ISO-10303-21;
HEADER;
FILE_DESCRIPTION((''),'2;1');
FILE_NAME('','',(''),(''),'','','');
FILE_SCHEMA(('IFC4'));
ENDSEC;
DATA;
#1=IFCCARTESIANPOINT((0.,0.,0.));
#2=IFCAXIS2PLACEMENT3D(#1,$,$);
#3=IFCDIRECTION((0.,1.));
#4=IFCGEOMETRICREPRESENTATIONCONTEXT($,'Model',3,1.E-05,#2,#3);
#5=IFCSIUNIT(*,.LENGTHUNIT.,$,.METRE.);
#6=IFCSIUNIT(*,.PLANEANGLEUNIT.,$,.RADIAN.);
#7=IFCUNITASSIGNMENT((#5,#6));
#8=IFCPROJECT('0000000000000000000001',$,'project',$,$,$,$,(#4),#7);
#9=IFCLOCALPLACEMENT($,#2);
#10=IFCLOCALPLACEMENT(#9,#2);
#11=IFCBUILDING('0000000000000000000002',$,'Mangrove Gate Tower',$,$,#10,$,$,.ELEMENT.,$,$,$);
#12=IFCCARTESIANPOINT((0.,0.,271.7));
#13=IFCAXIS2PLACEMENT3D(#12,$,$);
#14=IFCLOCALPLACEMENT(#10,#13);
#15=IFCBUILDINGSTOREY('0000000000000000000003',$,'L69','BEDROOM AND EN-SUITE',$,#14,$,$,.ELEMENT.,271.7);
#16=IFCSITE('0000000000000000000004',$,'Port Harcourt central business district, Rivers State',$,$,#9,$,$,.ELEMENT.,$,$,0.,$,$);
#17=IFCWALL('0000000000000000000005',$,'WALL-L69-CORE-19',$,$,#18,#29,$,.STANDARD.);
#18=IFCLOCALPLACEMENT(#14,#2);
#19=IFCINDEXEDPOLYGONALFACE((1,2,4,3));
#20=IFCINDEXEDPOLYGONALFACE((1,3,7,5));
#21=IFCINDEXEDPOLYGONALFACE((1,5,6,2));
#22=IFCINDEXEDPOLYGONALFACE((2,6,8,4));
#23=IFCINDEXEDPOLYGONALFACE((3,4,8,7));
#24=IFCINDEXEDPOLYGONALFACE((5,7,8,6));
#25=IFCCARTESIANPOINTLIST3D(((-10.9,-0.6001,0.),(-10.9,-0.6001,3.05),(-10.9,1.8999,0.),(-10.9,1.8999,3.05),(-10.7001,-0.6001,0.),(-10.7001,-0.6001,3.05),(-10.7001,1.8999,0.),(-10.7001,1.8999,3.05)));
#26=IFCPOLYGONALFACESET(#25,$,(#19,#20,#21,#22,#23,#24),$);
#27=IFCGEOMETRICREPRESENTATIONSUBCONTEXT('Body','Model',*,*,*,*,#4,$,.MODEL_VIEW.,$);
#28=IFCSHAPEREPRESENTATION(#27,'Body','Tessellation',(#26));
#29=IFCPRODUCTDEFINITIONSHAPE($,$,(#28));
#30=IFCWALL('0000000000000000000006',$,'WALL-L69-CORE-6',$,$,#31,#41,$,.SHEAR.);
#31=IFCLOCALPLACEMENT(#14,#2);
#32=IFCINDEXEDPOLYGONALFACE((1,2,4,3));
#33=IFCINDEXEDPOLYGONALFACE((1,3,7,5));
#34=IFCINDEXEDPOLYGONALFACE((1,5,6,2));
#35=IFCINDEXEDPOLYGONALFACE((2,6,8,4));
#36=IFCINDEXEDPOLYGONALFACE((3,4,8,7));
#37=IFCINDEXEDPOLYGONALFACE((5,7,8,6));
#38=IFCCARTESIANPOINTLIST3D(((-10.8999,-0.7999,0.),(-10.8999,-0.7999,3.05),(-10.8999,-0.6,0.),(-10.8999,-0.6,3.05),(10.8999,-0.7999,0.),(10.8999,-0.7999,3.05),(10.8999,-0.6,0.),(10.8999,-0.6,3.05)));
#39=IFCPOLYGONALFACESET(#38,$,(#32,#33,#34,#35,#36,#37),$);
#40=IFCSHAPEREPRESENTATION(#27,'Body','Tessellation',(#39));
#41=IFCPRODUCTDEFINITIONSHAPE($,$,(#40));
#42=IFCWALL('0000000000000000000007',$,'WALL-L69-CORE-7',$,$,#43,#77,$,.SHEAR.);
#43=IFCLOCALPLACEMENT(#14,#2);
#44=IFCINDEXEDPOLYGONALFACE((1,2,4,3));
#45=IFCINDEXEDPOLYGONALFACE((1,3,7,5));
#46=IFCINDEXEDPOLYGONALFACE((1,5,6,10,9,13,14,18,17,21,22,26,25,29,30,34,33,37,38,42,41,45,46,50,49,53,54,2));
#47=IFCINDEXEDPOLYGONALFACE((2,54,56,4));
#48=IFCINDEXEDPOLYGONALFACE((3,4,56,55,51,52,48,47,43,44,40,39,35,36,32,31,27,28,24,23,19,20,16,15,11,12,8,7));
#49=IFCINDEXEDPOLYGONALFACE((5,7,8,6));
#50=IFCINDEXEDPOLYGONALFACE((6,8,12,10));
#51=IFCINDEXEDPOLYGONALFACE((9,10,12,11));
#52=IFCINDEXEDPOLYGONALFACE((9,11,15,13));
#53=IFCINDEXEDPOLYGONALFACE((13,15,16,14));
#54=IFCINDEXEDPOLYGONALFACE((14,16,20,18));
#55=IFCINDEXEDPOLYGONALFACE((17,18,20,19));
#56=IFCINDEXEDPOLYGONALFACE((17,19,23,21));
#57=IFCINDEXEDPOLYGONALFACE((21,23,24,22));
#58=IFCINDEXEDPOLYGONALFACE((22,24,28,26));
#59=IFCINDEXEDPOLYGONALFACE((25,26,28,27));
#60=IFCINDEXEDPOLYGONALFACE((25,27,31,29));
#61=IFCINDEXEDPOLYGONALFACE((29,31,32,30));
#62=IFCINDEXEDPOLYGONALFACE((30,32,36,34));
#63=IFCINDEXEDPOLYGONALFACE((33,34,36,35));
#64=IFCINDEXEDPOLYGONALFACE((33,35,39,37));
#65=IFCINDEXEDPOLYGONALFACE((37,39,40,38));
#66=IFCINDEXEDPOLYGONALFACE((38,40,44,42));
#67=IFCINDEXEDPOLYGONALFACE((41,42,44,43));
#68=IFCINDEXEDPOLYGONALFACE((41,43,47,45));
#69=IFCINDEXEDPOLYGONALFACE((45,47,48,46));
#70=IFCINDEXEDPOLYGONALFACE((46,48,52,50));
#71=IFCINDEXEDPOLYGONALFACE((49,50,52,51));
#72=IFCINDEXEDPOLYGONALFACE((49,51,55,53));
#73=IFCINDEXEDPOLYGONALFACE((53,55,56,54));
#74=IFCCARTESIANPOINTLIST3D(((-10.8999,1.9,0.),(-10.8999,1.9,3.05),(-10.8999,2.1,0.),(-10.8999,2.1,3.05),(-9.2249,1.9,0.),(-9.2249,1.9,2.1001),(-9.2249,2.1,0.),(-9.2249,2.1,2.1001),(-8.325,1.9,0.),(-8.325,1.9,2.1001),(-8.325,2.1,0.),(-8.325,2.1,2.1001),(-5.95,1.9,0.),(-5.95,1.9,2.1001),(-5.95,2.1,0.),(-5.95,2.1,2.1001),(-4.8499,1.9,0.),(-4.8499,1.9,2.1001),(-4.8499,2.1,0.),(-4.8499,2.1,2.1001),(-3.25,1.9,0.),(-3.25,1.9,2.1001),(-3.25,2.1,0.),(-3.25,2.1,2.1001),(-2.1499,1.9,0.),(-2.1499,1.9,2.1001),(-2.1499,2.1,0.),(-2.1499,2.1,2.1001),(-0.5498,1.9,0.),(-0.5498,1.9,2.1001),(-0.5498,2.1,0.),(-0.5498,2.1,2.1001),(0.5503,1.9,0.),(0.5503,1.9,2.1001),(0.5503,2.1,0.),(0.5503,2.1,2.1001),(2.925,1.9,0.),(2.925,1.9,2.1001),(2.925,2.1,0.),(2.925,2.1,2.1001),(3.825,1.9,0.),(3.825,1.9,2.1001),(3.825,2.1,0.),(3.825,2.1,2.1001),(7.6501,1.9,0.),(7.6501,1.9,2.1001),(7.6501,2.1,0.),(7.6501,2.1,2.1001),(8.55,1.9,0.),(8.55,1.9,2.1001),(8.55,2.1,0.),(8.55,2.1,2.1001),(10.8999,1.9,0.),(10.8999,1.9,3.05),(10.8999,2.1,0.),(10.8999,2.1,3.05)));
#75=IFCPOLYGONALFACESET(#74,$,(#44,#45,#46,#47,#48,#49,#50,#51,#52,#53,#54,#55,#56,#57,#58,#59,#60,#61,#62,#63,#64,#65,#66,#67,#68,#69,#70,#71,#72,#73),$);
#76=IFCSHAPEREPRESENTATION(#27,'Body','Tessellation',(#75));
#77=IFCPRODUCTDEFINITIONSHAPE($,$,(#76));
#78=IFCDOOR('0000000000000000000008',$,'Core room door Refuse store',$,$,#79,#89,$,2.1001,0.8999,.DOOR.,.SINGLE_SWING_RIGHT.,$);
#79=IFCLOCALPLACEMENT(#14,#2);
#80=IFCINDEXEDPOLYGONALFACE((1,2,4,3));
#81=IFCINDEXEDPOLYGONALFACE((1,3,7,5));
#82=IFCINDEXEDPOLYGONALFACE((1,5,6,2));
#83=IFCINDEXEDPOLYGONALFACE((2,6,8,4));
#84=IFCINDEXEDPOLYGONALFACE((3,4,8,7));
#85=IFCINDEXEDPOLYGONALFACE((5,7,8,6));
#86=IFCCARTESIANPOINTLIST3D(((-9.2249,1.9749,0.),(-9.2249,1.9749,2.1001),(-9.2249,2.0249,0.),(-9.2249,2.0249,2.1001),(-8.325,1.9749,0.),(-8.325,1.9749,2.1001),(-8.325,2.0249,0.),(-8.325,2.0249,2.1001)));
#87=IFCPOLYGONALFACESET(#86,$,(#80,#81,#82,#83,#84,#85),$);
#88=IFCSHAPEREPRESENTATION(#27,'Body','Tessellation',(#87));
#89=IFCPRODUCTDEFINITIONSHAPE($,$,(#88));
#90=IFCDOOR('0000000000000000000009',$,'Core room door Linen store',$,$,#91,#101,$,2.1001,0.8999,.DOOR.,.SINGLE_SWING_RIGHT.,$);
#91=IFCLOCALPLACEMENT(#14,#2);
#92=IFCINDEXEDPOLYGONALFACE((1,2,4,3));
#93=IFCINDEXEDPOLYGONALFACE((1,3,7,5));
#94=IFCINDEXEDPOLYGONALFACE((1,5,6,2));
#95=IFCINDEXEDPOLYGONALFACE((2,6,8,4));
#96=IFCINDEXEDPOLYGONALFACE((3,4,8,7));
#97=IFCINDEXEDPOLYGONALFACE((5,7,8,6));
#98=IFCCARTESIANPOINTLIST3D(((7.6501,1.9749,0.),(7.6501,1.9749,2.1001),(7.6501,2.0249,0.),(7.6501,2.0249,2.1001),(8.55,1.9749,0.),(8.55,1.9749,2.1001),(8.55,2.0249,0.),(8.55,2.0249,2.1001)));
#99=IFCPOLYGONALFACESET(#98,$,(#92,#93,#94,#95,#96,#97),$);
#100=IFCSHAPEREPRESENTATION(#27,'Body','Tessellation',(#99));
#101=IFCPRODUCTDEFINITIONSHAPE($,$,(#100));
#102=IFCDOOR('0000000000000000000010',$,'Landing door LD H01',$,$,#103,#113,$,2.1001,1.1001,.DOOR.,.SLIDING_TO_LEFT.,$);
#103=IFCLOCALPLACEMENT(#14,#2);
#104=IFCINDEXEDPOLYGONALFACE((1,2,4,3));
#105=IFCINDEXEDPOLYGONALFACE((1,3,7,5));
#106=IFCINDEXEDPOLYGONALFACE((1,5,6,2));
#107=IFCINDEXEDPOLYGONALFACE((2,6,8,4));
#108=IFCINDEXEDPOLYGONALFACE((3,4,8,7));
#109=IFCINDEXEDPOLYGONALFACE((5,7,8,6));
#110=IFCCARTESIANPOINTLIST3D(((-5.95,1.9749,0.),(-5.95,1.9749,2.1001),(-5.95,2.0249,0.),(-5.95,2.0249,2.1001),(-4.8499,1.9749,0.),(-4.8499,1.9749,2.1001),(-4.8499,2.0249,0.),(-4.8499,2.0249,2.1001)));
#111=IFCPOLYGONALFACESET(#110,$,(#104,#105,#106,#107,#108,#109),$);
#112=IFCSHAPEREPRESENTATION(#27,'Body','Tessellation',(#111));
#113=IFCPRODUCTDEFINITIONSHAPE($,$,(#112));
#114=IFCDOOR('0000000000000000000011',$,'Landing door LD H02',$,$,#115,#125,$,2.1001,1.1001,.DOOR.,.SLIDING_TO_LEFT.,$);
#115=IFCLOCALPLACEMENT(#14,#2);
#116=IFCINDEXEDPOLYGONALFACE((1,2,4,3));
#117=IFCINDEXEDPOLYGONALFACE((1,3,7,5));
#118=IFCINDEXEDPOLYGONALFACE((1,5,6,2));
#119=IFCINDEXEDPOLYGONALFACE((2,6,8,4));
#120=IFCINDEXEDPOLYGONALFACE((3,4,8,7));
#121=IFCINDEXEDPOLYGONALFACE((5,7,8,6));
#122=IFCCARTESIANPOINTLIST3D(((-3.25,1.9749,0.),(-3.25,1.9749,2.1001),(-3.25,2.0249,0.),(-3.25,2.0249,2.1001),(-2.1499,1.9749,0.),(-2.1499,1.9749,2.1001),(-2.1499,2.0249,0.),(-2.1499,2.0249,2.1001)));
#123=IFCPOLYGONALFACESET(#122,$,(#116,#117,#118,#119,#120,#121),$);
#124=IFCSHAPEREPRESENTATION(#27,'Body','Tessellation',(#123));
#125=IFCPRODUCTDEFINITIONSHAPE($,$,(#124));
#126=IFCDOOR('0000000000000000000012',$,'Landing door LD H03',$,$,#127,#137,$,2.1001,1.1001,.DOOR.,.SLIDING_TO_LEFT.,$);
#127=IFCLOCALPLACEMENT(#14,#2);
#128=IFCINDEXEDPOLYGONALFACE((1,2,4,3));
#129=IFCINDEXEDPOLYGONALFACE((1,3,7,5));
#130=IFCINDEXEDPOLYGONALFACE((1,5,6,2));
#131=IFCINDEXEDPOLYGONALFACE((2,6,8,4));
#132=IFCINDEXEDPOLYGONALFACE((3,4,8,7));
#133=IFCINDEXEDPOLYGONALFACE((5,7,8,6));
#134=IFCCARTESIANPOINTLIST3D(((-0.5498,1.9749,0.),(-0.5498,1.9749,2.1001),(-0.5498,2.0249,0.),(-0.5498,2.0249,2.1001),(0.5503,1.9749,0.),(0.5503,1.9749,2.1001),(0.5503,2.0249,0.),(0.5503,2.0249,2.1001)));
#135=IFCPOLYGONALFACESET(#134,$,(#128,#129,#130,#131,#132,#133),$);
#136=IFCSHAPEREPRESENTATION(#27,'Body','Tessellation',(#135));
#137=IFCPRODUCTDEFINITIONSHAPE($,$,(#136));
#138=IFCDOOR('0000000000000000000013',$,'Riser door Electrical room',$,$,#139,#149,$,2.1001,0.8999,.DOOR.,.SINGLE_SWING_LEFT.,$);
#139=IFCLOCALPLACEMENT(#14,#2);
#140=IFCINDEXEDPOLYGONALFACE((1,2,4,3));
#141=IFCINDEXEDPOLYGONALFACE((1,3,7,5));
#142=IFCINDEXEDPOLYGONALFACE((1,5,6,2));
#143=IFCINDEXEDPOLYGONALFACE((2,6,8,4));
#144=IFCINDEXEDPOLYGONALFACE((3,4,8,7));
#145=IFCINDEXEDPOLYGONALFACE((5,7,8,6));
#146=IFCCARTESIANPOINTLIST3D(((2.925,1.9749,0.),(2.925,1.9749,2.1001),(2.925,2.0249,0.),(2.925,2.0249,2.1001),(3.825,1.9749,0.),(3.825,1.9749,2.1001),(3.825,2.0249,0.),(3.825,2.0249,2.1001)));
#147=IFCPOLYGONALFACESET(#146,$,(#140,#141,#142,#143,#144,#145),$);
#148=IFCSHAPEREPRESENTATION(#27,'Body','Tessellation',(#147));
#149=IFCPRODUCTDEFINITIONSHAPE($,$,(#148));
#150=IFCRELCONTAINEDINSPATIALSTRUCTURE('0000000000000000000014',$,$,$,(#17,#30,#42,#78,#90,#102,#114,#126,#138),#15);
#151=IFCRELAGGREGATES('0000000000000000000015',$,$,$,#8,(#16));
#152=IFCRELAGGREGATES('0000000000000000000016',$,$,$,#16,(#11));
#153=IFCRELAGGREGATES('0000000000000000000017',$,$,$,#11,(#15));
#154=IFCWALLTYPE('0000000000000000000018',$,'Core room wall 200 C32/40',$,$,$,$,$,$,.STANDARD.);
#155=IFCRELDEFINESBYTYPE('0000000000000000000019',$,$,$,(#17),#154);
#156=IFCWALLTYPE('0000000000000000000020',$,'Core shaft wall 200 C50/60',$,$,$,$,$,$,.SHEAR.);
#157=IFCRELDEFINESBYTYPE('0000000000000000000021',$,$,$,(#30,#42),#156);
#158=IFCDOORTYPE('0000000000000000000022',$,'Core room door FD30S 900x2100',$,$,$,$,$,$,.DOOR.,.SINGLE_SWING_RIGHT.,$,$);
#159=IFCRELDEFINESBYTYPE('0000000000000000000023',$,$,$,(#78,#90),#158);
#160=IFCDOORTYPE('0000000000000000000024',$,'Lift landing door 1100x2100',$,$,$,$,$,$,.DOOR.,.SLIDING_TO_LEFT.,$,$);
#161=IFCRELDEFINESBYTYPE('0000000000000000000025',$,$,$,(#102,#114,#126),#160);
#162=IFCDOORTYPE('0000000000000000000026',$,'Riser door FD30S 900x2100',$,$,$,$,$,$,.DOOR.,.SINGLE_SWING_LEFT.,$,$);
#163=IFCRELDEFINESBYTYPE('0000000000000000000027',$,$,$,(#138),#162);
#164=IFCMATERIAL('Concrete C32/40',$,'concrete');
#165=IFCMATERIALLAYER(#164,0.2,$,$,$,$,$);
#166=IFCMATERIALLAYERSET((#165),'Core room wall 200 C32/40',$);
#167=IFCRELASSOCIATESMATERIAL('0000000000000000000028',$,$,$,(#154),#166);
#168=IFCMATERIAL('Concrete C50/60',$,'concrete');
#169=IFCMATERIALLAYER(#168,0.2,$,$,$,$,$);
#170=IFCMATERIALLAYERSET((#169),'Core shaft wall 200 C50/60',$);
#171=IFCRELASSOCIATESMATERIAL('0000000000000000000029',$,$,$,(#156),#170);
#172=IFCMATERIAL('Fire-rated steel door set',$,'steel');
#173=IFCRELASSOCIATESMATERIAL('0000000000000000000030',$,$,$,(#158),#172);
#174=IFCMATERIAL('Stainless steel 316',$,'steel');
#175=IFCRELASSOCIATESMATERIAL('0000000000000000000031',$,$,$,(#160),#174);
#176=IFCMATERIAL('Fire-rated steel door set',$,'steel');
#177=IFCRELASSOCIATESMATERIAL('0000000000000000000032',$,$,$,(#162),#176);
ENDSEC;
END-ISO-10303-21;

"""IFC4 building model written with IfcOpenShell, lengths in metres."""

from ifc_helpers import new_model, si_unit, direction, frame, frame_2d, origin, place, context, subcontext, project, spatial, rectangle, extrude, material, layer, layer_set, type_object, element, fill, save


model = new_model("IFC4")

# Units and contexts
model_context = context("Model", 3, precision=1e-05, world=origin(), true_north=direction((0.0, 1.0)))
body_context = subcontext(model_context, "Body", "Model", "MODEL_VIEW")
ifc_project = project(units=[si_unit("LENGTHUNIT", "METRE"), si_unit("PLANEANGLEUNIT", "RADIAN")], contexts=[model_context])

# Site, building, storey
site_placement = place(None, origin())
site = spatial("IfcSite", under=ifc_project, at=site_placement, Name="Port Harcourt central business district, Rivers State", CompositionType="ELEMENT", RefElevation=0.0)
building_placement = place(site_placement, origin())
building = spatial("IfcBuilding", under=site, at=building_placement, Name="Mangrove Gate Tower", CompositionType="ELEMENT")
storey_placement = place(building_placement, frame((0.0, 0.0, 271.7)))
storey = spatial("IfcBuildingStorey", under=building, at=storey_placement, Name="L69", Description="BEDROOM AND EN-SUITE", CompositionType="ELEMENT", Elevation=271.7)

# Walls
ifc_material_1 = material(Name="Concrete C32/40", Category="concrete")
ifc_layer_1 = layer(ifc_material_1, 0.2)
ifc_layer_set_1 = layer_set([ifc_layer_1], Name="Core room wall 200 C32/40")
wall_type_1 = type_object("IfcWallType", Name="Core room wall 200 C32/40", PredefinedType="STANDARD", material=ifc_layer_set_1)
wall_1_placement = place(storey_placement, frame((-10.8, -0.6001, 0.0), z_axis=(0.0, 0.0, 1.0), x_axis=(0.0, 1.0, 0.0)))
element("IfcWall", 1, at=wall_1_placement, inside=storey, type_object=wall_type_1, Name="WALL-L69-CORE-19", PredefinedType="STANDARD", context=body_context, shape_type="SweptSolid", body=[
    extrude(rectangle(XDim=2.5, YDim=0.2, at=frame_2d((1.25, 0.0))), origin(), (0.0, 0.0, 1.0), 3.05),
])
ifc_material_2 = material(Name="Concrete C50/60", Category="concrete")
ifc_layer_2 = layer(ifc_material_2, 0.2)
ifc_layer_set_2 = layer_set([ifc_layer_2], Name="Core shaft wall 200 C50/60")
wall_type_2 = type_object("IfcWallType", Name="Core shaft wall 200 C50/60", PredefinedType="SHEAR", material=ifc_layer_set_2)
wall_2_placement = place(storey_placement, frame((-10.8999, -0.7, 0.0), z_axis=(0.0, 0.0, 1.0), x_axis=(1.0, 0.0, 0.0)))
element("IfcWall", 2, at=wall_2_placement, inside=storey, type_object=wall_type_2, Name="WALL-L69-CORE-6", PredefinedType="SHEAR", context=body_context, shape_type="SweptSolid", body=[
    extrude(rectangle(XDim=21.7998, YDim=0.2, at=frame_2d((10.8999, 0.0))), origin(), (0.0, 0.0, 1.0), 3.05),
])

# Wall, openings, doors
wall_3_placement = place(storey_placement, frame((-10.8999, 2.0, 0.0), z_axis=(0.0, 0.0, 1.0), x_axis=(1.0, 0.0, 0.0)))
wall_3 = element("IfcWall", 3, at=wall_3_placement, inside=storey, type_object=wall_type_2, Name="WALL-L69-CORE-7", PredefinedType="SHEAR", context=body_context, shape_type="SweptSolid", body=[
    extrude(rectangle(XDim=21.7998, YDim=0.2, at=frame_2d((10.8999, 0.0))), origin(), (0.0, 0.0, 1.0), 3.05),
])
opening_1_placement = place(wall_3_placement, frame((4.95, 0.0, 0.0)))
opening_1 = element("IfcOpeningElement", 4, at=opening_1_placement, cuts=wall_3, PredefinedType="OPENING", context=body_context, shape_type="SweptSolid", body=[
    extrude(rectangle(XDim=1.1001, YDim=2.1001, at=frame_2d((0.55, 1.05))), frame((0.0, 0.1099, 0.0), z_axis=(0.0, -1.0, 0.0), x_axis=(1.0, 0.0, 0.0)), (0.0, 0.0, 1.0), 0.22),
])
opening_2_placement = place(wall_3_placement, frame((7.6499, 0.0, 0.0)))
opening_2 = element("IfcOpeningElement", 5, at=opening_2_placement, cuts=wall_3, PredefinedType="OPENING", context=body_context, shape_type="SweptSolid", body=[
    extrude(rectangle(XDim=1.1001, YDim=2.1001, at=frame_2d((0.55, 1.05))), frame((0.0, 0.1099, 0.0), z_axis=(0.0, -1.0, 0.0), x_axis=(1.0, 0.0, 0.0)), (0.0, 0.0, 1.0), 0.22),
])
opening_3_placement = place(wall_3_placement, frame((10.3501, 0.0, 0.0)))
opening_3 = element("IfcOpeningElement", 6, at=opening_3_placement, cuts=wall_3, PredefinedType="OPENING", context=body_context, shape_type="SweptSolid", body=[
    extrude(rectangle(XDim=1.1001, YDim=2.1001, at=frame_2d((0.55, 1.05))), frame((0.0, 0.1099, 0.0), z_axis=(0.0, -1.0, 0.0), x_axis=(1.0, 0.0, 0.0)), (0.0, 0.0, 1.0), 0.22),
])
opening_4_placement = place(wall_3_placement, frame((1.675, 0.0, 0.0)))
opening_4 = element("IfcOpeningElement", 7, at=opening_4_placement, cuts=wall_3, PredefinedType="OPENING", context=body_context, shape_type="SweptSolid", body=[
    extrude(rectangle(XDim=0.8999, YDim=2.1001, at=frame_2d((0.45, 1.05))), frame((0.0, 0.1099, 0.0), z_axis=(0.0, -1.0, 0.0), x_axis=(1.0, 0.0, 0.0)), (0.0, 0.0, 1.0), 0.22),
])
opening_5_placement = place(wall_3_placement, frame((13.825, 0.0, 0.0)))
opening_5 = element("IfcOpeningElement", 8, at=opening_5_placement, cuts=wall_3, PredefinedType="OPENING", context=body_context, shape_type="SweptSolid", body=[
    extrude(rectangle(XDim=0.8999, YDim=2.1001, at=frame_2d((0.45, 1.05))), frame((0.0, 0.1099, 0.0), z_axis=(0.0, -1.0, 0.0), x_axis=(1.0, 0.0, 0.0)), (0.0, 0.0, 1.0), 0.22),
])
opening_6_placement = place(wall_3_placement, frame((18.55, 0.0, 0.0)))
opening_6 = element("IfcOpeningElement", 9, at=opening_6_placement, cuts=wall_3, PredefinedType="OPENING", context=body_context, shape_type="SweptSolid", body=[
    extrude(rectangle(XDim=0.8999, YDim=2.1001, at=frame_2d((0.45, 1.05))), frame((0.0, 0.1099, 0.0), z_axis=(0.0, -1.0, 0.0), x_axis=(1.0, 0.0, 0.0)), (0.0, 0.0, 1.0), 0.22),
])
ifc_material_3 = material(Name="Fire-rated steel door set", Category="steel")
door_type_1 = type_object("IfcDoorType", Name="Core room door FD30S 900x2100", OperationType="SINGLE_SWING_RIGHT", PredefinedType="DOOR", material=ifc_material_3)
door_1_placement = place(opening_4_placement, origin())
door_1 = element("IfcDoor", 10, at=door_1_placement, inside=storey, type_object=door_type_1, Name="Core room door Refuse store", OperationType="SINGLE_SWING_RIGHT", OverallHeight=2.1001, OverallWidth=0.8999, PredefinedType="DOOR", context=body_context, shape_type="SweptSolid", body=[
    extrude(rectangle(XDim=0.8999, YDim=2.1001, at=frame_2d((0.45, 1.05))), frame((0.0, 0.0249, 0.0), z_axis=(0.0, -1.0, 0.0), x_axis=(1.0, 0.0, 0.0)), (0.0, 0.0, 1.0), 0.05),
])
fill(opening_4, door_1)
door_2_placement = place(opening_6_placement, origin())
door_2 = element("IfcDoor", 11, at=door_2_placement, inside=storey, type_object=door_type_1, Name="Core room door Linen store", OperationType="SINGLE_SWING_RIGHT", OverallHeight=2.1001, OverallWidth=0.8999, PredefinedType="DOOR", context=body_context, shape_type="SweptSolid", body=[
    extrude(rectangle(XDim=0.8999, YDim=2.1001, at=frame_2d((0.45, 1.05))), frame((0.0, 0.0249, 0.0), z_axis=(0.0, -1.0, 0.0), x_axis=(1.0, 0.0, 0.0)), (0.0, 0.0, 1.0), 0.05),
])
fill(opening_6, door_2)
ifc_material_4 = material(Name="Stainless steel 316", Category="steel")
door_type_2 = type_object("IfcDoorType", Name="Lift landing door 1100x2100", OperationType="SLIDING_TO_LEFT", PredefinedType="DOOR", material=ifc_material_4)
door_3_placement = place(opening_1_placement, origin())
door_3 = element("IfcDoor", 12, at=door_3_placement, inside=storey, type_object=door_type_2, Name="Landing door LD H01", OperationType="SLIDING_TO_LEFT", OverallHeight=2.1001, OverallWidth=1.1001, PredefinedType="DOOR", context=body_context, shape_type="SweptSolid", body=[
    extrude(rectangle(XDim=1.1001, YDim=2.1001, at=frame_2d((0.55, 1.05))), frame((0.0, 0.0249, 0.0), z_axis=(0.0, -1.0, 0.0), x_axis=(1.0, 0.0, 0.0)), (0.0, 0.0, 1.0), 0.05),
])
fill(opening_1, door_3)
door_4_placement = place(opening_2_placement, origin())
door_4 = element("IfcDoor", 13, at=door_4_placement, inside=storey, type_object=door_type_2, Name="Landing door LD H02", OperationType="SLIDING_TO_LEFT", OverallHeight=2.1001, OverallWidth=1.1001, PredefinedType="DOOR", context=body_context, shape_type="SweptSolid", body=[
    extrude(rectangle(XDim=1.1001, YDim=2.1001, at=frame_2d((0.55, 1.05))), frame((0.0, 0.0249, 0.0), z_axis=(0.0, -1.0, 0.0), x_axis=(1.0, 0.0, 0.0)), (0.0, 0.0, 1.0), 0.05),
])
fill(opening_2, door_4)
door_5_placement = place(opening_3_placement, origin())
door_5 = element("IfcDoor", 14, at=door_5_placement, inside=storey, type_object=door_type_2, Name="Landing door LD H03", OperationType="SLIDING_TO_LEFT", OverallHeight=2.1001, OverallWidth=1.1001, PredefinedType="DOOR", context=body_context, shape_type="SweptSolid", body=[
    extrude(rectangle(XDim=1.1001, YDim=2.1001, at=frame_2d((0.55, 1.05))), frame((0.0, 0.0249, 0.0), z_axis=(0.0, -1.0, 0.0), x_axis=(1.0, 0.0, 0.0)), (0.0, 0.0, 1.0), 0.05),
])
fill(opening_3, door_5)
ifc_material_5 = material(Name="Fire-rated steel door set", Category="steel")
door_type_3 = type_object("IfcDoorType", Name="Riser door FD30S 900x2100", OperationType="SINGLE_SWING_LEFT", PredefinedType="DOOR", material=ifc_material_5)
door_6_placement = place(opening_5_placement, origin())
door_6 = element("IfcDoor", 15, at=door_6_placement, inside=storey, type_object=door_type_3, Name="Riser door Electrical room", OperationType="SINGLE_SWING_LEFT", OverallHeight=2.1001, OverallWidth=0.8999, PredefinedType="DOOR", context=body_context, shape_type="SweptSolid", body=[
    extrude(rectangle(XDim=0.8999, YDim=2.1001, at=frame_2d((0.45, 1.05))), frame((0.0, 0.0249, 0.0), z_axis=(0.0, -1.0, 0.0), x_axis=(1.0, 0.0, 0.0)), (0.0, 0.0, 1.0), 0.05),
])
fill(opening_5, door_6)

save(model, "model.ifc")
